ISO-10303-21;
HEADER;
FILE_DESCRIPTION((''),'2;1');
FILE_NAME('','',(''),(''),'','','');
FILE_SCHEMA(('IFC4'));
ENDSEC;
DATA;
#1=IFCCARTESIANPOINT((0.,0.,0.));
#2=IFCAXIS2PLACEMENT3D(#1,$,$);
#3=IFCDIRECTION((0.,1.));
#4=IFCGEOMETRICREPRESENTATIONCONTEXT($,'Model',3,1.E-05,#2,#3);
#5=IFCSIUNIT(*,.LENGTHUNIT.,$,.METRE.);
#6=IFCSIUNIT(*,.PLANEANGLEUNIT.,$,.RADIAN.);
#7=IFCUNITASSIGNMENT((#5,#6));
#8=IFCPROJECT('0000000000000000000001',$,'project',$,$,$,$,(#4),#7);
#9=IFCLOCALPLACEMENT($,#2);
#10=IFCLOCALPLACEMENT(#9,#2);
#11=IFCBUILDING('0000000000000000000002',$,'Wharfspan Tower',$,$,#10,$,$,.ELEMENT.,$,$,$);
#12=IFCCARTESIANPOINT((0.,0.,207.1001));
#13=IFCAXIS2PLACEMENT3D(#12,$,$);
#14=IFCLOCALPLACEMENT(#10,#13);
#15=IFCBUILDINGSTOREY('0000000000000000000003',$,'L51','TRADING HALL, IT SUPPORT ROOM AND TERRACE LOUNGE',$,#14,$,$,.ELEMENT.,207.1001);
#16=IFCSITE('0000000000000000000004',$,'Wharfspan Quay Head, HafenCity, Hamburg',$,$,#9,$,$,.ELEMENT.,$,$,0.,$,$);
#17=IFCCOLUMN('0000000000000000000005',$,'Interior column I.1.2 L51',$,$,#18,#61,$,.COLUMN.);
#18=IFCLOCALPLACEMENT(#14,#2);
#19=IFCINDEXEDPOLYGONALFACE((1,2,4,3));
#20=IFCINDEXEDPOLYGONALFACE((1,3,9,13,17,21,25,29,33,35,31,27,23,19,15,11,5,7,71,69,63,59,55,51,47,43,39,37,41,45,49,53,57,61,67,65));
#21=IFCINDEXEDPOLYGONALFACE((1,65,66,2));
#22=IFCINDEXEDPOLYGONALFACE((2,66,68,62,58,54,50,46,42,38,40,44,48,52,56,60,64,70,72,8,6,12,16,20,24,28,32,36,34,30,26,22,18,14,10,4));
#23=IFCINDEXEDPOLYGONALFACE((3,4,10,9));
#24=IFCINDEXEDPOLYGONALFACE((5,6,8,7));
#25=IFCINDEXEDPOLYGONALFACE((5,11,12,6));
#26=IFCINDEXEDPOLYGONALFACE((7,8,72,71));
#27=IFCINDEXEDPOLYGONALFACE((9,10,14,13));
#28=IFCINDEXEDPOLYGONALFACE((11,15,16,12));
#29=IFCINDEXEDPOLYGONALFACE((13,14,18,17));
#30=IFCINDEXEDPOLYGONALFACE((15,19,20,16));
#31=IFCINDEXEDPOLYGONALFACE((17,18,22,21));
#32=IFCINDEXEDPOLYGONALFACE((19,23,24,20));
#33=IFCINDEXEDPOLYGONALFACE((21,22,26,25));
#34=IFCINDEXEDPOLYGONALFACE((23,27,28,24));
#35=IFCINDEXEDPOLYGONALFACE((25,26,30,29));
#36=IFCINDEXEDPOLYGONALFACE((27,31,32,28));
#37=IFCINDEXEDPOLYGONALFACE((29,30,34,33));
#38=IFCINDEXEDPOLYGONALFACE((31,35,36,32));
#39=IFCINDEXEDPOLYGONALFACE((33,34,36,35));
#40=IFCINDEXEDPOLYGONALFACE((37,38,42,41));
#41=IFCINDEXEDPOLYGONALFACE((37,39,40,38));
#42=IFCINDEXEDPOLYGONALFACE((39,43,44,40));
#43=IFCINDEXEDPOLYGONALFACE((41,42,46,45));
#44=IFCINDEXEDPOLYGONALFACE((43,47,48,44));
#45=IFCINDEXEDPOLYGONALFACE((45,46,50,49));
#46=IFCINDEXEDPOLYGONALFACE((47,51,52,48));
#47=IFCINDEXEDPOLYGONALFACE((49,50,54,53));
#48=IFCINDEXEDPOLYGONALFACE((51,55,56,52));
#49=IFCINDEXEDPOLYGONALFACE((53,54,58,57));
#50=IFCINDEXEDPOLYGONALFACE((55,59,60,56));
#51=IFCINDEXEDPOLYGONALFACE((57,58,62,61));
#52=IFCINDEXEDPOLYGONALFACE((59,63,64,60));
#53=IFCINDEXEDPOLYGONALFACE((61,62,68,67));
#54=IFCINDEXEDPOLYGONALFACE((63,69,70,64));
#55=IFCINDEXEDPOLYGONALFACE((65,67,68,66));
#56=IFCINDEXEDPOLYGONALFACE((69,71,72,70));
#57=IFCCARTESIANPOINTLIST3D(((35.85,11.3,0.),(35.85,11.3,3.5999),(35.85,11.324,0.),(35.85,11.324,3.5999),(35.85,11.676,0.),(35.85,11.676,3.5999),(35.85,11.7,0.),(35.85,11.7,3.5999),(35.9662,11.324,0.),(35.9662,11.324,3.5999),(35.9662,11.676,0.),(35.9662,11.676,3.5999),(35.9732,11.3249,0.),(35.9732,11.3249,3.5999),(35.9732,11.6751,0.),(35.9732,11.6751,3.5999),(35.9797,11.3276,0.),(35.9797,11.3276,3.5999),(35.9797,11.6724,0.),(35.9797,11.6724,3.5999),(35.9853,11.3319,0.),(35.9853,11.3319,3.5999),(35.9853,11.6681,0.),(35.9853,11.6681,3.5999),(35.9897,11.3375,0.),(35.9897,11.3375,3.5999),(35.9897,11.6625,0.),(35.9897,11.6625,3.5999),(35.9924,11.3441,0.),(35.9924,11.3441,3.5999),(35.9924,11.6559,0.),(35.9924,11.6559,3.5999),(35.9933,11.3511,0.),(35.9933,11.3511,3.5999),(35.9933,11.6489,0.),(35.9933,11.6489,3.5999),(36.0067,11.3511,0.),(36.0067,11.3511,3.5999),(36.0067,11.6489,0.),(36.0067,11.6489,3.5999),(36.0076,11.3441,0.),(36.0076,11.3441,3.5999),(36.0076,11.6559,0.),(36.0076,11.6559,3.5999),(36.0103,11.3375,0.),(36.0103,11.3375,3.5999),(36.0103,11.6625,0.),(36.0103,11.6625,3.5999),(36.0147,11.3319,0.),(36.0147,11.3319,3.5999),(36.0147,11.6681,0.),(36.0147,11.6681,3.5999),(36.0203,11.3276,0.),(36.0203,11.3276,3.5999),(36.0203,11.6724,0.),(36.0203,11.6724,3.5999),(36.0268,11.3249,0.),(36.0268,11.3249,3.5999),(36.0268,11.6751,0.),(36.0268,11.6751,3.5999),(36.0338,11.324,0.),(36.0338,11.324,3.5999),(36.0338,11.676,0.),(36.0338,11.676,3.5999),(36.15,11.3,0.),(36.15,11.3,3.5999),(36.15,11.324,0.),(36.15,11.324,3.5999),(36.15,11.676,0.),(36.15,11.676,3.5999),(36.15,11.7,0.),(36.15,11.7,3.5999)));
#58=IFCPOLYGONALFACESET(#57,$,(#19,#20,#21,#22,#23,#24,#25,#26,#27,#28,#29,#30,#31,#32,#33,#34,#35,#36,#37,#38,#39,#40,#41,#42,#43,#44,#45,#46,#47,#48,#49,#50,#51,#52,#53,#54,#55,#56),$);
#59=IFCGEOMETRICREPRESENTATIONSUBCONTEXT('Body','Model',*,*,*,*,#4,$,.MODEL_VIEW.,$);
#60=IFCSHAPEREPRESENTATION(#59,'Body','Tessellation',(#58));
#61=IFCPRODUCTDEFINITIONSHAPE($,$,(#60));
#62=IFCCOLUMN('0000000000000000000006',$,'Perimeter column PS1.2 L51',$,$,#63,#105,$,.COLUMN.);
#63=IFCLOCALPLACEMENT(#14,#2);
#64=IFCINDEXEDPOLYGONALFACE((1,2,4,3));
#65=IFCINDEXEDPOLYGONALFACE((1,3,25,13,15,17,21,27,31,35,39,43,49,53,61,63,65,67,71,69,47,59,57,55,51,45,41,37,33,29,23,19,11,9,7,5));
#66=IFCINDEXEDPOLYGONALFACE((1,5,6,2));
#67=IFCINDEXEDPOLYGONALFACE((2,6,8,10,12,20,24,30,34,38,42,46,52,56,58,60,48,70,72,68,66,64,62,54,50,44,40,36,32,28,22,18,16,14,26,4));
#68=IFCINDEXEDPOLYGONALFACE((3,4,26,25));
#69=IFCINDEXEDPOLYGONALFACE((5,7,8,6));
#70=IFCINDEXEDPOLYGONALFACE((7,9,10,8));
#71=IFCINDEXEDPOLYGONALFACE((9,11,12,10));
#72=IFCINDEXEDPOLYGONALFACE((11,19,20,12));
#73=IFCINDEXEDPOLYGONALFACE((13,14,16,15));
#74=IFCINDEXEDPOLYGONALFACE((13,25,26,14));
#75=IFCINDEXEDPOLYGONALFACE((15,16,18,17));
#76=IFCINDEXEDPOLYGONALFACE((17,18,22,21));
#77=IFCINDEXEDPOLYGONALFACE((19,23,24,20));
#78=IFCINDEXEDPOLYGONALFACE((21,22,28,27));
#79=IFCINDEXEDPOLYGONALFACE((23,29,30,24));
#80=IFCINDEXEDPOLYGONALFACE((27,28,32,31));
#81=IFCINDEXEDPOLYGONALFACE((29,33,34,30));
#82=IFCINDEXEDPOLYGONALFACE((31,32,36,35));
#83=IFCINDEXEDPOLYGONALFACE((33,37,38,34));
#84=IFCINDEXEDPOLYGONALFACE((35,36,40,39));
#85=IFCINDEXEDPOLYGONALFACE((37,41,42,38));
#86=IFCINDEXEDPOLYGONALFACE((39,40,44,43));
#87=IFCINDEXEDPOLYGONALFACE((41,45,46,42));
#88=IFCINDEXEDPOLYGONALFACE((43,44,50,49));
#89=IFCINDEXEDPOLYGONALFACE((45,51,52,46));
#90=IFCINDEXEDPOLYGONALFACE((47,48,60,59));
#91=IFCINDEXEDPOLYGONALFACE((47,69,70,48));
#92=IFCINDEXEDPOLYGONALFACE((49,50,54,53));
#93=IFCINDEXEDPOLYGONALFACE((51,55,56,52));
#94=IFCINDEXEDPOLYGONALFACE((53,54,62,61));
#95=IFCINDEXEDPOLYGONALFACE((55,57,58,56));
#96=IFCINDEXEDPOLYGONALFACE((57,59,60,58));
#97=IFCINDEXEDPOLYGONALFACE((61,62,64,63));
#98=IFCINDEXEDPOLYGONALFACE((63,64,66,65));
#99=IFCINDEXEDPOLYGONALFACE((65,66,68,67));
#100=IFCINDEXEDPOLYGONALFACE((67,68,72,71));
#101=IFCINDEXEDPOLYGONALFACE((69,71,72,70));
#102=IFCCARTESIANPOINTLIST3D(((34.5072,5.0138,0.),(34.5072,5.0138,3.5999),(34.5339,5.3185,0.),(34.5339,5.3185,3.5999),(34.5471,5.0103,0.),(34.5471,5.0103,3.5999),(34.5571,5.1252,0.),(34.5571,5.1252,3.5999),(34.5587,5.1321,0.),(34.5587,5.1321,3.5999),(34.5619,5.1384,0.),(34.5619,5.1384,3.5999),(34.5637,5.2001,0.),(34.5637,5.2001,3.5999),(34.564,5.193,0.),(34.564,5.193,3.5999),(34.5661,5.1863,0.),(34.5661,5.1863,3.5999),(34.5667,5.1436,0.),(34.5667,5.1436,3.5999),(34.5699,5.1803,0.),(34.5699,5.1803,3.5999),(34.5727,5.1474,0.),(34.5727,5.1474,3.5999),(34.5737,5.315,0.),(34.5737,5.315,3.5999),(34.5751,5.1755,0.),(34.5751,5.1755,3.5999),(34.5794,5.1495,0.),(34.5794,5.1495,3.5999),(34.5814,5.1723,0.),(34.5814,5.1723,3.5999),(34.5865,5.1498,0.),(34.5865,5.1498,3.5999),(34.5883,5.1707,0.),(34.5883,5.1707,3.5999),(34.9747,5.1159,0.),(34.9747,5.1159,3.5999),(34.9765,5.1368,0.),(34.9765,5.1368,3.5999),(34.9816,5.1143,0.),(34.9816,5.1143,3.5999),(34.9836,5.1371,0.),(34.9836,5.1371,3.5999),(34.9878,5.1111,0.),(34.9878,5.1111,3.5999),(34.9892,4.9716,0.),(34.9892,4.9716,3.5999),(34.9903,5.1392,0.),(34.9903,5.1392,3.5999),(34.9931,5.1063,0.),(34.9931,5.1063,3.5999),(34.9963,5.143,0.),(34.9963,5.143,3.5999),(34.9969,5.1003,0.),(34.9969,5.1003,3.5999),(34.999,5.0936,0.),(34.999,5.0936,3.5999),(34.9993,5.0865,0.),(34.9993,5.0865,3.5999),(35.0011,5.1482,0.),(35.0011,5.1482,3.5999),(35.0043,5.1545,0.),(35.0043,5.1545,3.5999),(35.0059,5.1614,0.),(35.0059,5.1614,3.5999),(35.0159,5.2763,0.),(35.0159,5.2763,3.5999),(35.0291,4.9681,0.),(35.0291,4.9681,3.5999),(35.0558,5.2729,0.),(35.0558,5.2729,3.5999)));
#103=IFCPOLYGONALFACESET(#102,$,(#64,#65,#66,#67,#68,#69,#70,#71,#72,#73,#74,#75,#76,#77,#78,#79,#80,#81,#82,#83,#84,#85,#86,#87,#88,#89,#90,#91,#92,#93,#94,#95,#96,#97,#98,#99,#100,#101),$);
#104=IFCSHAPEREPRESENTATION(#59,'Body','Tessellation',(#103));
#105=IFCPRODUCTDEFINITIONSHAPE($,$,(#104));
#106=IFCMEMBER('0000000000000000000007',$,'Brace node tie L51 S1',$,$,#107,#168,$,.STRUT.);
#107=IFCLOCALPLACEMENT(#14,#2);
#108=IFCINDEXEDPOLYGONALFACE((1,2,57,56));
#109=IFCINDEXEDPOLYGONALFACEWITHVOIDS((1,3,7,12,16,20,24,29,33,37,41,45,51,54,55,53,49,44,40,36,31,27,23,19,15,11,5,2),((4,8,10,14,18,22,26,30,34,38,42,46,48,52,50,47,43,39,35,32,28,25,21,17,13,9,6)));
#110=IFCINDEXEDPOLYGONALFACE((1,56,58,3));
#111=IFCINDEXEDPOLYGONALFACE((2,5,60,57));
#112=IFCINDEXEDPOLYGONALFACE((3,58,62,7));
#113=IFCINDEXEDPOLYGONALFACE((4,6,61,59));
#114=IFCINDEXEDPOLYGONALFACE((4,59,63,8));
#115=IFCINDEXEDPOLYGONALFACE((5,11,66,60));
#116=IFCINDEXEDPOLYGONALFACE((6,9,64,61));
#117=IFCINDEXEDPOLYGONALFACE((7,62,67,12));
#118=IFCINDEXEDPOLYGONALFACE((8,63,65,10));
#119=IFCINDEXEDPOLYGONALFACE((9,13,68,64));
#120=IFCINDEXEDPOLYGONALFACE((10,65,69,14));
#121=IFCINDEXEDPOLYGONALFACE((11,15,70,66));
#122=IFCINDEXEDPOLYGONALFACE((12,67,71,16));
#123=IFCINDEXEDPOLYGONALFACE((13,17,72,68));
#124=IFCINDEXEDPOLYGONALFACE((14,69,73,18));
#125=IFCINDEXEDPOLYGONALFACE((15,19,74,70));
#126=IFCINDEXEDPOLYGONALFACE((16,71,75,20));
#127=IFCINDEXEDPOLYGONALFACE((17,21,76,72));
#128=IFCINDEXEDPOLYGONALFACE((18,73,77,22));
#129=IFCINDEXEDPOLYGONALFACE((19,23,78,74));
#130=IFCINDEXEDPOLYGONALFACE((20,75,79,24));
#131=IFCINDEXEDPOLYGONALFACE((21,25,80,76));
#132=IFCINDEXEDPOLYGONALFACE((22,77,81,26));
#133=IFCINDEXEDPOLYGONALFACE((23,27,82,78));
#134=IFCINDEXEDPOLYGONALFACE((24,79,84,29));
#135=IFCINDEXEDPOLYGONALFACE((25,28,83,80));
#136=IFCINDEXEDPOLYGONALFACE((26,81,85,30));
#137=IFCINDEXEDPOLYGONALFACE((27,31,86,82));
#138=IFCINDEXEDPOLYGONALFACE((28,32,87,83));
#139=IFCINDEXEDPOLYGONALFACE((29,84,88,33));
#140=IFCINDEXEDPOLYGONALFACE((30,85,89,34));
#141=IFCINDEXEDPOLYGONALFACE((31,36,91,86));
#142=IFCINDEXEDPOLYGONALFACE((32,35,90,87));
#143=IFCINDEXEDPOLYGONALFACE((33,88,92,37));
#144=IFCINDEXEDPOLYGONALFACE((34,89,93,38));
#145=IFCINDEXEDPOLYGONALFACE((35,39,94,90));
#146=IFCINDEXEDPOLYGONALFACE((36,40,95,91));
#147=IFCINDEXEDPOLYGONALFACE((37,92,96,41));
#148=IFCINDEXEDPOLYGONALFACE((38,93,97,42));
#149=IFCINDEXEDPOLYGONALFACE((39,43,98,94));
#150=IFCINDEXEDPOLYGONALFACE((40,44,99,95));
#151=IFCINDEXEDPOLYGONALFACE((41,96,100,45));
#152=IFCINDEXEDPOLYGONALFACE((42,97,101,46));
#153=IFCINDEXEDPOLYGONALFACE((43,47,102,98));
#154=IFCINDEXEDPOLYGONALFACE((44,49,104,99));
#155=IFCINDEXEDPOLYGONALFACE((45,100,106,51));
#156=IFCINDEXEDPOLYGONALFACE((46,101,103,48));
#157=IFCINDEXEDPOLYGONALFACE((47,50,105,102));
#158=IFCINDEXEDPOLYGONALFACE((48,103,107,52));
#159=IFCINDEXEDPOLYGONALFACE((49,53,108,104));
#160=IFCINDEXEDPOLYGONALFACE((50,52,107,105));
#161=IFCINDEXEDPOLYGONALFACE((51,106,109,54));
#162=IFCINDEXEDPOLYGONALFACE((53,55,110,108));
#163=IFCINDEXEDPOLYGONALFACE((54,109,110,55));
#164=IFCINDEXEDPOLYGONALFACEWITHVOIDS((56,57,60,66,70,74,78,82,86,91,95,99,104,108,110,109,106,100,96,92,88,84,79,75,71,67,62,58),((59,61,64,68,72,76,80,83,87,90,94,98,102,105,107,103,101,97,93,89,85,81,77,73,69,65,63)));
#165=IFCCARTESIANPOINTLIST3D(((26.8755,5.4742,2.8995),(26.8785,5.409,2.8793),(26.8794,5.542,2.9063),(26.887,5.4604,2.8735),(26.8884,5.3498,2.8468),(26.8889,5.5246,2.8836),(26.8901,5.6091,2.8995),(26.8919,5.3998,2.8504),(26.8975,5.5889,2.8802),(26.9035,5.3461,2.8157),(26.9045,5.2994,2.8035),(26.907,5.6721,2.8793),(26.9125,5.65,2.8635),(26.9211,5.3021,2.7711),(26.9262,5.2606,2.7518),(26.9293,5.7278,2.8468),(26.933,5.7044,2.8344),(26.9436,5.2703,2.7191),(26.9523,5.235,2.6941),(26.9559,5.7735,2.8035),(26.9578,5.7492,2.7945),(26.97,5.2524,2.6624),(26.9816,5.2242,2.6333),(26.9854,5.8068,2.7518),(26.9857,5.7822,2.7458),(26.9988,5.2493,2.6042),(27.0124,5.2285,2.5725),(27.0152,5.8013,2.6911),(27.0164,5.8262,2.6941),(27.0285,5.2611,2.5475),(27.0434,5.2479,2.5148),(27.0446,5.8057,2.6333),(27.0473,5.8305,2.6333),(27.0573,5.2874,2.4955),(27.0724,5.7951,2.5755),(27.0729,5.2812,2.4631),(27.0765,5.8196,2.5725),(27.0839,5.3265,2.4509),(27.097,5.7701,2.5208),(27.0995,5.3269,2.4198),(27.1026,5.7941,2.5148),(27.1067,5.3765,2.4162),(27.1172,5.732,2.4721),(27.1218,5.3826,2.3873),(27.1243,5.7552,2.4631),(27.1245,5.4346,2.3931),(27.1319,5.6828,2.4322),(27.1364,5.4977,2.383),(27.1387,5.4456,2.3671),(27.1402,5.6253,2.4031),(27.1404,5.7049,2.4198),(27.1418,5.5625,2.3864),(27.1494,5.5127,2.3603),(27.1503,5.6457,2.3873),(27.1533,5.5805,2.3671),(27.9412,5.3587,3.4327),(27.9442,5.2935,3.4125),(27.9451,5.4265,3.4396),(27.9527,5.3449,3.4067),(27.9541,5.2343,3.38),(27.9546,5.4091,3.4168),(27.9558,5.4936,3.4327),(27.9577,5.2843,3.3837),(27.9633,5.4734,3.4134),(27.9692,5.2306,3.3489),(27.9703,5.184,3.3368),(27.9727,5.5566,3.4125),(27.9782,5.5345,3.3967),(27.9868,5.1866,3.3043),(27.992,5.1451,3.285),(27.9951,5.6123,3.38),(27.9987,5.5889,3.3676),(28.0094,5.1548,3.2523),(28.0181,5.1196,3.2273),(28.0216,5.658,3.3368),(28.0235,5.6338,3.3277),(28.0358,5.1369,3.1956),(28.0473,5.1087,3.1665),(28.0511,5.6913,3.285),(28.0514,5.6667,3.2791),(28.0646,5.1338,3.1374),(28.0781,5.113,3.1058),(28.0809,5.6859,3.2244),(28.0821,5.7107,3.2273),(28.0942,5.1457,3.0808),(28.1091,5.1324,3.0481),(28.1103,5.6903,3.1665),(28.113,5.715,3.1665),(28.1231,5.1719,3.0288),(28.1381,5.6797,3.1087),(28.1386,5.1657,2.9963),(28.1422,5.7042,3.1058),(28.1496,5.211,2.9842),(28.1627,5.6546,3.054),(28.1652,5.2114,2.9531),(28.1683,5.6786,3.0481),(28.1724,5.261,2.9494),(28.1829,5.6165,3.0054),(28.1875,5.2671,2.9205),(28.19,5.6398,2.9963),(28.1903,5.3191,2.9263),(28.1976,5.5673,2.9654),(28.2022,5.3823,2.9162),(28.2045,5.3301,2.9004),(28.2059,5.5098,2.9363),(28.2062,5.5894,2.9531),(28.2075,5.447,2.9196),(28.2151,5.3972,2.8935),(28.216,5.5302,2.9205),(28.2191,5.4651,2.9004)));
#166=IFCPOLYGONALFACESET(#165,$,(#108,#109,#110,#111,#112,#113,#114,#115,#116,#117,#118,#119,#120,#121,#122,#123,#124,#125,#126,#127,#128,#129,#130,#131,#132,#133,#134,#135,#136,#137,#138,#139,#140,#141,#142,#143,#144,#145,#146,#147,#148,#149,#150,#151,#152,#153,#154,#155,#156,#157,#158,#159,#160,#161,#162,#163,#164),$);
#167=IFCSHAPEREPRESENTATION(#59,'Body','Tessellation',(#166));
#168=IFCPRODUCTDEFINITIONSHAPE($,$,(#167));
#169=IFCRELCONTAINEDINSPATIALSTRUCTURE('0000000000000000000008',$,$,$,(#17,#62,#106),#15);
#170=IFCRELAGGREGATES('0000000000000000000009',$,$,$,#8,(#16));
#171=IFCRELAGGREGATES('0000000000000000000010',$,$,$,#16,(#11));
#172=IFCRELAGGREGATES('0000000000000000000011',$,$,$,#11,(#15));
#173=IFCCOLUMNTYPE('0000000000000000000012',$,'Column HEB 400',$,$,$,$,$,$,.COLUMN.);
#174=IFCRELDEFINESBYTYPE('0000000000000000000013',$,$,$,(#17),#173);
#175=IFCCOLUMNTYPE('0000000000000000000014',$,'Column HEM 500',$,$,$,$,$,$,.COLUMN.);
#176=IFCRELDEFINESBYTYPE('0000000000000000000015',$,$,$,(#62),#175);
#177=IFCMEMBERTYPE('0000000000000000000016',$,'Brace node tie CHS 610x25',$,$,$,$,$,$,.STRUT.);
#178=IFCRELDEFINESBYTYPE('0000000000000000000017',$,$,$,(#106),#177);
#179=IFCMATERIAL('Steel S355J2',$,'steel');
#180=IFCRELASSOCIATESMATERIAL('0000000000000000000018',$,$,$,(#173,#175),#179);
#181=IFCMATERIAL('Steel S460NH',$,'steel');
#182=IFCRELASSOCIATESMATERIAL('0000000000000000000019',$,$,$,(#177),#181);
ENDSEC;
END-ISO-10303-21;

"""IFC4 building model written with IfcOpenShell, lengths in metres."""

from ifc_helpers import new_model, si_unit, direction, frame, origin, origin_2d, place, context, subcontext, project, spatial, hollow_circle, i_section, extrude, material, material_profile, profile_set, type_object, element, save


model = new_model("IFC4")

# Units and contexts
model_context = context("Model", 3, precision=1e-05, world=origin(), true_north=direction((0.0, 1.0)))
body_context = subcontext(model_context, "Body", "Model", "MODEL_VIEW")
ifc_project = project(units=[si_unit("LENGTHUNIT", "METRE"), si_unit("PLANEANGLEUNIT", "RADIAN")], contexts=[model_context])

# Site, building, storey
site_placement = place(None, origin())
site = spatial("IfcSite", under=ifc_project, at=site_placement, Name="Wharfspan Quay Head, HafenCity, Hamburg", CompositionType="ELEMENT", RefElevation=0.0)
building_placement = place(site_placement, origin())
building = spatial("IfcBuilding", under=site, at=building_placement, Name="Wharfspan Tower", CompositionType="ELEMENT")
storey_placement = place(building_placement, frame((0.0, 0.0, 207.1001)))
storey = spatial("IfcBuildingStorey", under=building, at=storey_placement, Name="L51", Description="TRADING HALL, IT SUPPORT ROOM AND TERRACE LOUNGE", CompositionType="ELEMENT", Elevation=207.1001)

# Columns
ifc_material_1 = material(Name="Steel S355J2", Category="steel")
ifc_material_profile_1 = material_profile(ifc_material_1, i_section(OverallWidth=0.3, OverallDepth=0.3999, WebThickness=0.0134, FlangeThickness=0.0239, FilletRadius=0.0271, at=origin_2d()))
ifc_profile_set_1 = profile_set([ifc_material_profile_1], Name="Steel S355J2")
column_type_1 = type_object("IfcColumnType", Name="Column HEB 400", PredefinedType="COLUMN", material=ifc_profile_set_1)
column_1_placement = place(storey_placement, frame((36.0, 11.5, 0.0), z_axis=(0.0, 0.0, 1.0), x_axis=(1.0, 0.0, 0.0)))
element("IfcColumn", 1, at=column_1_placement, inside=storey, type_object=column_type_1, Name="Interior column I.1.2 L51", PredefinedType="COLUMN", context=body_context, shape_type="SweptSolid", body=[
    extrude(i_section(OverallWidth=0.3, OverallDepth=0.3999, WebThickness=0.0134, FlangeThickness=0.0239, FilletRadius=0.0271, at=origin_2d()), origin(), (0.0, 0.0, 1.0), 3.5999),
])
ifc_material_profile_2 = material_profile(ifc_material_1, i_section(OverallWidth=0.3059, OverallDepth=0.5239, WebThickness=0.021, FlangeThickness=0.04, FilletRadius=0.0271, at=origin_2d()))
ifc_profile_set_2 = profile_set([ifc_material_profile_2], Name="Steel S355J2")
column_type_2 = type_object("IfcColumnType", Name="Column HEM 500", PredefinedType="COLUMN", material=ifc_profile_set_2)
column_2_placement = place(storey_placement, frame((34.7815, 5.1433, 0.0), z_axis=(0.0, 0.0, 1.0), x_axis=(-0.087156, -0.996197, 0.0)))
element("IfcColumn", 2, at=column_2_placement, inside=storey, type_object=column_type_2, Name="Perimeter column PS1.2 L51", PredefinedType="COLUMN", context=body_context, shape_type="SweptSolid", body=[
    extrude(i_section(OverallWidth=0.3059, OverallDepth=0.5239, WebThickness=0.021, FlangeThickness=0.04, FilletRadius=0.0271, at=origin_2d()), origin(), (0.0, 0.0, 1.0), 3.5999),
])

# Member
ifc_material_2 = material(Name="Steel S460NH", Category="steel")
ifc_material_profile_3 = material_profile(ifc_material_2, hollow_circle(Radius=0.3049, WallThickness=0.0249, at=origin_2d()))
ifc_profile_set_3 = profile_set([ifc_material_profile_3], Name="Steel S460NH")
member_type_1 = type_object("IfcMemberType", Name="Brace node tie CHS 610x25", PredefinedType="STRUT", material=ifc_profile_set_3)
member_1_placement = place(storey_placement, frame((27.0144, 5.5273, 2.6333), z_axis=(0.890134, -0.096457, 0.445373), x_axis=(0.107734, 0.994183, -0.000004)))
element("IfcMember", 3, at=member_1_placement, inside=storey, type_object=member_type_1, Name="Brace node tie L51 S1", PredefinedType="STRUT", context=body_context, shape_type="SweptSolid", body=[
    extrude(hollow_circle(Radius=0.3049, WallThickness=0.0249, at=origin_2d()), origin(), (0.0, 0.0, 1.0), 1.1973),
])

save(model, "model.ifc")
